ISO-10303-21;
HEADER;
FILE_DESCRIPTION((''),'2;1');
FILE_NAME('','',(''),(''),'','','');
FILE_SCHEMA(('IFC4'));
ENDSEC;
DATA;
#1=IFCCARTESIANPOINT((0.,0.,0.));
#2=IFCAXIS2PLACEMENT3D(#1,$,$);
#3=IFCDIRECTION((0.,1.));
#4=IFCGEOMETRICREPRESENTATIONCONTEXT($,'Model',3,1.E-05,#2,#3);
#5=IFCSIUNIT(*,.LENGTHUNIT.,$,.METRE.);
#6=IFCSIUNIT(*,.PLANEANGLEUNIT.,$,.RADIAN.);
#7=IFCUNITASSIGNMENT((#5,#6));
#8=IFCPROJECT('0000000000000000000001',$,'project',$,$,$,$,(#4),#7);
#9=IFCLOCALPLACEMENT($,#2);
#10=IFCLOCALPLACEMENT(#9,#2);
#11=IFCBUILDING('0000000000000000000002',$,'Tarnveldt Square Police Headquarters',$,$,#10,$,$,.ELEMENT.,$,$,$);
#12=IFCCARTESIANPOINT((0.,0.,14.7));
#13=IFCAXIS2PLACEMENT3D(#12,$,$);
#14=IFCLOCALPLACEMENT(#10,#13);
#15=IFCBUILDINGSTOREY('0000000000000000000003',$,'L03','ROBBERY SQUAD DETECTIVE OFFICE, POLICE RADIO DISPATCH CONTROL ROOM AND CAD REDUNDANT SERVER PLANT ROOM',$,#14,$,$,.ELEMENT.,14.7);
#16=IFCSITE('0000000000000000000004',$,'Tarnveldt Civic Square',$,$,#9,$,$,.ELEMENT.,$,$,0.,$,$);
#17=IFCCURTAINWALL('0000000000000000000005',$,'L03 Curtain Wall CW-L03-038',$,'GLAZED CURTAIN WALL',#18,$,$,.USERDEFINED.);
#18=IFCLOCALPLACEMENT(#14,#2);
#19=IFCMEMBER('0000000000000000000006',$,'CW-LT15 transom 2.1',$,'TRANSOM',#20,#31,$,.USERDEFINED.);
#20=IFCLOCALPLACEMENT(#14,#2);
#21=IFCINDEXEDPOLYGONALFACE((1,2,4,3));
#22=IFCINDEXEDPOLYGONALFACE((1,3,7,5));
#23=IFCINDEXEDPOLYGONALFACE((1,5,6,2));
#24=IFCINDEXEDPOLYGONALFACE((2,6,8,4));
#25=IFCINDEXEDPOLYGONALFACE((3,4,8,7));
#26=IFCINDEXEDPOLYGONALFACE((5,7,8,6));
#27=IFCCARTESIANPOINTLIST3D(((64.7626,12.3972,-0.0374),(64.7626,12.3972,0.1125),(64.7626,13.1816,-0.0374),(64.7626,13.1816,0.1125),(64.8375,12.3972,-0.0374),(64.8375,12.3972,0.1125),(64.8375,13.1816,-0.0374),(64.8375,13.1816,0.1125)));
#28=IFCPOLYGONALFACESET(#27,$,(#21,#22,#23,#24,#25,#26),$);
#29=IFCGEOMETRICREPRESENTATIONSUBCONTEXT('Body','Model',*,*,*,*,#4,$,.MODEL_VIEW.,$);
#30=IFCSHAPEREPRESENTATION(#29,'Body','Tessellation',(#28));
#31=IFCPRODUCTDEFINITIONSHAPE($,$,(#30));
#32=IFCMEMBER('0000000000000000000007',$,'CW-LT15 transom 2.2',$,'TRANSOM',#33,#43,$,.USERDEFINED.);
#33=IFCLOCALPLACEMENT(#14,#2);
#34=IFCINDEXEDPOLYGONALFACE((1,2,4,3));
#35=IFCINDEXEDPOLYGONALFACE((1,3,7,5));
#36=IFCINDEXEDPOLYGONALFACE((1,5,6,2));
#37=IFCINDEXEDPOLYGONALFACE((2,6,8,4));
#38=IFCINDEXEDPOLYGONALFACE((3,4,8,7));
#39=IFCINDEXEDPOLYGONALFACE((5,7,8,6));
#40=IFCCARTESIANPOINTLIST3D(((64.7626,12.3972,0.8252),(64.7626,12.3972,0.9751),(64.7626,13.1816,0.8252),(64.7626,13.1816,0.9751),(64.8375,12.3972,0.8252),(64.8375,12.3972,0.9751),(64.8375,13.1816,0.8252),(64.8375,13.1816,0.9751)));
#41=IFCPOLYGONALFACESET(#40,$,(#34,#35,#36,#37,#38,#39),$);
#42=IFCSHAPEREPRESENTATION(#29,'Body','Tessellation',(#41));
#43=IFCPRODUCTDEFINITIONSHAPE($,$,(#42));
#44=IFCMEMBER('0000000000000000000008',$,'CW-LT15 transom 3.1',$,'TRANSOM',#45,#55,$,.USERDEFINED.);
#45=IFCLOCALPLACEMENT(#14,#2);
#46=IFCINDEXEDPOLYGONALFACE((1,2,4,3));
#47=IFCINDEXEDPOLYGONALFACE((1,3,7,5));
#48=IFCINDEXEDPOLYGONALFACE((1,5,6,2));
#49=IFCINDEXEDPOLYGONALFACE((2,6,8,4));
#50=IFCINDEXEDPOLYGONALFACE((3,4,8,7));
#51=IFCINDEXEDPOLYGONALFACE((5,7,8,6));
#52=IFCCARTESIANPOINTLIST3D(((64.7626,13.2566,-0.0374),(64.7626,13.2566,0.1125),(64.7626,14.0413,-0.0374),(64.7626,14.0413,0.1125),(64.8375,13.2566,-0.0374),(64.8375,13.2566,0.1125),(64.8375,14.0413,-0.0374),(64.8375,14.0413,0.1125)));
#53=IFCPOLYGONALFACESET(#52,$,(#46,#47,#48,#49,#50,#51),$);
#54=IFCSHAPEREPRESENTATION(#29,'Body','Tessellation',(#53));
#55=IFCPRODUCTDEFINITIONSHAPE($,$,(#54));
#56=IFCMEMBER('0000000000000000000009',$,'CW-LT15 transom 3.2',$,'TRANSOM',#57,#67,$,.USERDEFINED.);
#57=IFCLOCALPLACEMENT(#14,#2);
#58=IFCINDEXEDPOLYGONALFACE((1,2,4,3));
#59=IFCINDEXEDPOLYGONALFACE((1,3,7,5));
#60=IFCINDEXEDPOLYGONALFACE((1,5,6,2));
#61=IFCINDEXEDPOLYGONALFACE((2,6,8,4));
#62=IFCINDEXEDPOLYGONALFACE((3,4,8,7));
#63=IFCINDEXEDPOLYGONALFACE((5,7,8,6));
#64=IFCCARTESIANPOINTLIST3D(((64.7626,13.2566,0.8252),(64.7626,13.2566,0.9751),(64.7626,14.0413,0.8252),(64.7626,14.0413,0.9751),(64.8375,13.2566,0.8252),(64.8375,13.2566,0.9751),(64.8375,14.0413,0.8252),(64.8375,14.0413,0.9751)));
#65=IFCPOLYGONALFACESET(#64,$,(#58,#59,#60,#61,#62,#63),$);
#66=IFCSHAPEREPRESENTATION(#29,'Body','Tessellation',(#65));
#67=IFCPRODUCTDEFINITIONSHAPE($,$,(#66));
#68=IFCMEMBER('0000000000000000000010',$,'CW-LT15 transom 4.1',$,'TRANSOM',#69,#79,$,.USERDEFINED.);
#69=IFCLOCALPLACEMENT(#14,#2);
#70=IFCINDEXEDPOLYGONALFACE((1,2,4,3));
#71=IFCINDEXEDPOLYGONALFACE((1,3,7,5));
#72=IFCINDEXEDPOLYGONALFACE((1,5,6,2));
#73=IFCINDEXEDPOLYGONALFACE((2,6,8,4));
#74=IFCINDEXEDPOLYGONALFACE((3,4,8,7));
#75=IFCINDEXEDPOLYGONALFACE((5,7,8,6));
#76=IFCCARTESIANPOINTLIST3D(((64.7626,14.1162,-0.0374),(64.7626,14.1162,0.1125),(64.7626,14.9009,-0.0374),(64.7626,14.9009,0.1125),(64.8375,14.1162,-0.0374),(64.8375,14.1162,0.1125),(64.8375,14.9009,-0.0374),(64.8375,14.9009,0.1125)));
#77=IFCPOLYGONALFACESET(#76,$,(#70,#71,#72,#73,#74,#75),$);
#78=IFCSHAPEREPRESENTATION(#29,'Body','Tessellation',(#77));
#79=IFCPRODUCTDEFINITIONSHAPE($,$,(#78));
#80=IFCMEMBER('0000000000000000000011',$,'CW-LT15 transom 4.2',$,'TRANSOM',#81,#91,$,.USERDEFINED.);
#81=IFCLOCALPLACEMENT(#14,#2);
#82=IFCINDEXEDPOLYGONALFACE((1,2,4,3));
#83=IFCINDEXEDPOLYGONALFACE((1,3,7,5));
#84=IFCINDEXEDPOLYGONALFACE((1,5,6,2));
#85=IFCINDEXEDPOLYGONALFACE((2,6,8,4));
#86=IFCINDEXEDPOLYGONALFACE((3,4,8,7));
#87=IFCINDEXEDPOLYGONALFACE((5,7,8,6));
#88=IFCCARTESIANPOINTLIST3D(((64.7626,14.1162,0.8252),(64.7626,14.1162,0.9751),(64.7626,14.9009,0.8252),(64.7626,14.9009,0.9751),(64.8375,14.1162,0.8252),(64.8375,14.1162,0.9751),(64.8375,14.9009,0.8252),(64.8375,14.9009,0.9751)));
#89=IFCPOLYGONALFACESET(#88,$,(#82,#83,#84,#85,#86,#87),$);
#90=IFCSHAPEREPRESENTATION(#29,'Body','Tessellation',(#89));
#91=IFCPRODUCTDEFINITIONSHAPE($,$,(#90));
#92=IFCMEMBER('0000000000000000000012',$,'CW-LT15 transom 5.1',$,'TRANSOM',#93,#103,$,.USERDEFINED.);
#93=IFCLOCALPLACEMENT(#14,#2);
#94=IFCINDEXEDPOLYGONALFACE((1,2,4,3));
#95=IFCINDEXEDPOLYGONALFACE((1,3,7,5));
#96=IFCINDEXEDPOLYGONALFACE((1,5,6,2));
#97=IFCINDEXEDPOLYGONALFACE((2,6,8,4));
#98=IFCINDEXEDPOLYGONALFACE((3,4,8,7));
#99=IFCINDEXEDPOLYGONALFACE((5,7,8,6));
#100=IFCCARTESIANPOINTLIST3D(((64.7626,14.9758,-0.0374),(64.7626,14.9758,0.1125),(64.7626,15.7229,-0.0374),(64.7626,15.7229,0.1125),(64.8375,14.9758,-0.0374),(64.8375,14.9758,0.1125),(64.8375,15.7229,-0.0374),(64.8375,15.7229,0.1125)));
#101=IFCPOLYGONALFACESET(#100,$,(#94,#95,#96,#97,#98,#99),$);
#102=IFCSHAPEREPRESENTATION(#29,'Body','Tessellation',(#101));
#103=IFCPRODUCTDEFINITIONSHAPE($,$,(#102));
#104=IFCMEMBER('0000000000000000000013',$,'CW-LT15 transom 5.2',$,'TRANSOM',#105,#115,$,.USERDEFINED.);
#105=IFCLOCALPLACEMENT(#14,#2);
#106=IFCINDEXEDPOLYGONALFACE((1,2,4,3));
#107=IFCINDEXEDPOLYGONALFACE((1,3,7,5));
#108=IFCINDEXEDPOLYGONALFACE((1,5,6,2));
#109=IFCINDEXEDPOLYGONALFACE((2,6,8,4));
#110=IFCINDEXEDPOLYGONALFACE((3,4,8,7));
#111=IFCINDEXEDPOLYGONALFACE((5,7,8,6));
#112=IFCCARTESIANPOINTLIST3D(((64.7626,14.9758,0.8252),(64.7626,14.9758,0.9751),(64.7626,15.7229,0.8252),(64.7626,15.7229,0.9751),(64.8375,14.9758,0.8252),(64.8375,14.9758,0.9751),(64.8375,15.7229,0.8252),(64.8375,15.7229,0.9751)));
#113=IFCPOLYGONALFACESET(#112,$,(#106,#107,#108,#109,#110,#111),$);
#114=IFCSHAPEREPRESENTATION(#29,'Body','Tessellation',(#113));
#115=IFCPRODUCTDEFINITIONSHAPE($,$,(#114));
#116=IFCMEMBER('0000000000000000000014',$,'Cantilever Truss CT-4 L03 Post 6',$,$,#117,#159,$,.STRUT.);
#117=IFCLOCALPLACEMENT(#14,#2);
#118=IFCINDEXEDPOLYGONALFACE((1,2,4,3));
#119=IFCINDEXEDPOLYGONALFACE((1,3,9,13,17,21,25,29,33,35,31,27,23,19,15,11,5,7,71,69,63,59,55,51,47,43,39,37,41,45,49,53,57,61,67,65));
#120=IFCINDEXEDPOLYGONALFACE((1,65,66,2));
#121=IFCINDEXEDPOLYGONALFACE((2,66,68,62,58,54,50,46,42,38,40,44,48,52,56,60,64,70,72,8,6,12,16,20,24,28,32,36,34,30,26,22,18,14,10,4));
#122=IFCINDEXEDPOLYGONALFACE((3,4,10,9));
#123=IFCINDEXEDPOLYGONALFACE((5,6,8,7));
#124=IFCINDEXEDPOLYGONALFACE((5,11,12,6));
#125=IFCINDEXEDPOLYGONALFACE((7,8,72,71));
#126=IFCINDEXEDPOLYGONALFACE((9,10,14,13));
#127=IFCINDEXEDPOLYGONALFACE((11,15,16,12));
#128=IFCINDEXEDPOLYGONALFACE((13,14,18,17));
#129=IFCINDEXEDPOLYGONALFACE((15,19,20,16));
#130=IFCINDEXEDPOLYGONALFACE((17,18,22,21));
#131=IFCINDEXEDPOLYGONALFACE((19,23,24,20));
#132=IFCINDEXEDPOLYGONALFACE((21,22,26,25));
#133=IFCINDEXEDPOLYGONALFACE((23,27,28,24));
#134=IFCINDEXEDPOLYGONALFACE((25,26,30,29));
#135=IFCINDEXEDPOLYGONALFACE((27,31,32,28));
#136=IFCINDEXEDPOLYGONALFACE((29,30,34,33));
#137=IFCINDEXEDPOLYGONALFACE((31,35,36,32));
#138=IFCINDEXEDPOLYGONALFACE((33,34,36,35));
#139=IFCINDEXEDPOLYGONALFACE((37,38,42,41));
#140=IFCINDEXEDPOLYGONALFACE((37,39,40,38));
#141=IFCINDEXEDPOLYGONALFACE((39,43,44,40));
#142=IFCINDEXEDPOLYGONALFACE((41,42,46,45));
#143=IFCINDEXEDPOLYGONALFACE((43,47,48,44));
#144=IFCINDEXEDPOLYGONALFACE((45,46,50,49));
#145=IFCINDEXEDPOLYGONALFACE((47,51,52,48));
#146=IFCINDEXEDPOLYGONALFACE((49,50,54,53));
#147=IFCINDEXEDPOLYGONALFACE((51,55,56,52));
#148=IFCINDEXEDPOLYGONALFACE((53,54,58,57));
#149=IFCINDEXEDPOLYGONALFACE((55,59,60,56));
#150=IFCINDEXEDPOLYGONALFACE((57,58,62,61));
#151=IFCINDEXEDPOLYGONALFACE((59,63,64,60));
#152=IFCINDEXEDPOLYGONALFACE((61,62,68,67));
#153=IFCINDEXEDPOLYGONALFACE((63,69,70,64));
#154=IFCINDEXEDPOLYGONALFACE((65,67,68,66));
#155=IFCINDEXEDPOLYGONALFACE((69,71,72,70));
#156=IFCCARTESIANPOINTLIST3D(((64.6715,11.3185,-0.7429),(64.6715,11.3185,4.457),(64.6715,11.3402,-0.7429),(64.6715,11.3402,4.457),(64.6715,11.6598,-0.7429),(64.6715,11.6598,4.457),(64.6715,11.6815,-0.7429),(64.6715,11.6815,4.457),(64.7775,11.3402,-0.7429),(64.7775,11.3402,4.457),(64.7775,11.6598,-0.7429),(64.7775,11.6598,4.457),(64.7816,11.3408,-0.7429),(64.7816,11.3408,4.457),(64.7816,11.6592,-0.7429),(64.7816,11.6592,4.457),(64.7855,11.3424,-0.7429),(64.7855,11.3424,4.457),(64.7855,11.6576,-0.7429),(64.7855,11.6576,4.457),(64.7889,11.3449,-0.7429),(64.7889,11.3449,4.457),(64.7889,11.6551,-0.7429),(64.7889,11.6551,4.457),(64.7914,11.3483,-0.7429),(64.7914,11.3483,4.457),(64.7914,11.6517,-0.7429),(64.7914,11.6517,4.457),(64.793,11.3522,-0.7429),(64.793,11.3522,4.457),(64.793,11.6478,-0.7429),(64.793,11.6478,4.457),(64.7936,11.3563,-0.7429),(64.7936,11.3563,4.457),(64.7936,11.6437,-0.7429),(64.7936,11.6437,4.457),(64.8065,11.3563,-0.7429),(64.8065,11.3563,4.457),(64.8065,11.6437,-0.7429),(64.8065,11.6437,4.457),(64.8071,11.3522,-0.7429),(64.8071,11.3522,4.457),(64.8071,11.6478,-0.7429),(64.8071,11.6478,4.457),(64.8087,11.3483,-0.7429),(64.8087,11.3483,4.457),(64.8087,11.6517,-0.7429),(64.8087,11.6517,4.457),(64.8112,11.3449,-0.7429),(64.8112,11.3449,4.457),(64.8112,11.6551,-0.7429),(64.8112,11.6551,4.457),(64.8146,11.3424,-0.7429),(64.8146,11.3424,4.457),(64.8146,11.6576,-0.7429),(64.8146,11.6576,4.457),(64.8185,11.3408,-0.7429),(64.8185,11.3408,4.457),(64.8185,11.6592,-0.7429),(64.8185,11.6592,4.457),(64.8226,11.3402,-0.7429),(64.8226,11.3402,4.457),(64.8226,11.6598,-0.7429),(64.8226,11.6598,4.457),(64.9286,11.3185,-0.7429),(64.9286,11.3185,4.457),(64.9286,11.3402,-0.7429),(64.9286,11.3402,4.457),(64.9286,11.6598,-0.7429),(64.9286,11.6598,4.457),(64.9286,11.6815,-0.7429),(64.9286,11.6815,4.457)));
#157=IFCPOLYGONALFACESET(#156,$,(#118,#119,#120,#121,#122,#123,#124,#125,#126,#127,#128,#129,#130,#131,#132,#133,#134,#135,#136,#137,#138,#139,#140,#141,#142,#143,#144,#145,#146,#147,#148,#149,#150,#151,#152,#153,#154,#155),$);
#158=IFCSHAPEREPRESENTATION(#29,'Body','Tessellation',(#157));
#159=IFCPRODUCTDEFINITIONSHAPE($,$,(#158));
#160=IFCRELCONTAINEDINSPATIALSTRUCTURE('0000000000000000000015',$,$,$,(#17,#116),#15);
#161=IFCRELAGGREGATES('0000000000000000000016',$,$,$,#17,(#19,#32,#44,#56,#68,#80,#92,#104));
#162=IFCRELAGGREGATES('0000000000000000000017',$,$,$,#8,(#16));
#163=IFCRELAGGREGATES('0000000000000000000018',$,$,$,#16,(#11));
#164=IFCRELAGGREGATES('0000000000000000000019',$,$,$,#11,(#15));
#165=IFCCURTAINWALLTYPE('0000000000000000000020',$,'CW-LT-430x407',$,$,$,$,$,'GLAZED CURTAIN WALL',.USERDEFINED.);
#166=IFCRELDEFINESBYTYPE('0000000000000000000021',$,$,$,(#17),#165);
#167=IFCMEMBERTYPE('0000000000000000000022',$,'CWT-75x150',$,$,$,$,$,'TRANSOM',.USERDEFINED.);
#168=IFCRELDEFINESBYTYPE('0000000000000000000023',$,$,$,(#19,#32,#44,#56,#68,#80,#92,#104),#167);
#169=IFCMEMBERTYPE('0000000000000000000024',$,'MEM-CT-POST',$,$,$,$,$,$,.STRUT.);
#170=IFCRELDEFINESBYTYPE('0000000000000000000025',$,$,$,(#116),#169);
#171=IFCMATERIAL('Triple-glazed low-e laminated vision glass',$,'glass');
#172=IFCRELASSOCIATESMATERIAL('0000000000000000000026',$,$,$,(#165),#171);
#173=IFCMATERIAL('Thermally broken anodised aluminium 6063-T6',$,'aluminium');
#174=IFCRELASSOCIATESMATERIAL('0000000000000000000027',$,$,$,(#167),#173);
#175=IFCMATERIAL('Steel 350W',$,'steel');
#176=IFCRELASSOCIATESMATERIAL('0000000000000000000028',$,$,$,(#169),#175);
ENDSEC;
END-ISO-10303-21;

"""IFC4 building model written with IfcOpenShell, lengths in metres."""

from ifc_helpers import new_model, si_unit, direction, frame, origin, origin_2d, place, context, subcontext, project, spatial, rectangle, i_section, extrude, material, material_profile, profile_set, type_object, element, aggregate, save


model = new_model("IFC4")

# Units and contexts
model_context = context("Model", 3, precision=1e-05, world=origin(), true_north=direction((0.0, 1.0)))
body_context = subcontext(model_context, "Body", "Model", "MODEL_VIEW")
ifc_project = project(units=[si_unit("LENGTHUNIT", "METRE"), si_unit("PLANEANGLEUNIT", "RADIAN")], contexts=[model_context])

# Site, building, storey
site_placement = place(None, origin())
site = spatial("IfcSite", under=ifc_project, at=site_placement, Name="Tarnveldt Civic Square", CompositionType="ELEMENT", RefElevation=0.0)
building_placement = place(site_placement, origin())
building = spatial("IfcBuilding", under=site, at=building_placement, Name="Tarnveldt Square Police Headquarters", CompositionType="ELEMENT")
storey_placement = place(building_placement, frame((0.0, 0.0, 14.7)))
storey = spatial("IfcBuildingStorey", under=building, at=storey_placement, Name="L03", Description="ROBBERY SQUAD DETECTIVE OFFICE, POLICE RADIO DISPATCH CONTROL ROOM AND CAD REDUNDANT SERVER PLANT ROOM", CompositionType="ELEMENT", Elevation=14.7)

# Shared definitions
ifc_material_1 = material(Name="Steel 350W", Category="steel")

# Curtain wall
ifc_material_2 = material(Name="Triple-glazed low-e laminated vision glass", Category="glass")
ifc_material_3 = material(Name="Thermally broken anodised aluminium 6063-T6", Category="aluminium")
curtain_wall_type_1 = type_object("IfcCurtainWallType", Name="CW-LT-430x407", ElementType="GLAZED CURTAIN WALL", PredefinedType="USERDEFINED", material=ifc_material_2)
curtain_wall_1_placement = place(storey_placement, origin())
curtain_wall_1 = element("IfcCurtainWall", 1, at=curtain_wall_1_placement, inside=storey, type_object=curtain_wall_type_1, Name="L03 Curtain Wall CW-L03-038", ObjectType="GLAZED CURTAIN WALL", PredefinedType="USERDEFINED")

# Members
ifc_material_profile_1 = material_profile(ifc_material_3, rectangle(XDim=0.075, YDim=0.1499, at=origin_2d()), Name="CW-T75x150")
ifc_profile_set_1 = profile_set([ifc_material_profile_1], Name="Thermally broken anodised aluminium 6063-T6")
member_type_1 = type_object("IfcMemberType", Name="CWT-75x150", ElementType="TRANSOM", PredefinedType="USERDEFINED", material=ifc_profile_set_1)
member_1_placement = place(storey_placement, frame((64.8, 12.3972, 0.0376), z_axis=(0.0, 1.0, 0.0), x_axis=(-1.0, 0.0, 0.0)))
member_1 = element("IfcMember", 2, at=member_1_placement, type_object=member_type_1, Name="CW-LT15 transom 2.1", ObjectType="TRANSOM", PredefinedType="USERDEFINED", context=body_context, shape_type="SweptSolid", body=[
    extrude(rectangle(XDim=0.075, YDim=0.1499, at=origin_2d()), origin(), (0.0, 0.0, 1.0), 0.7844),
])
member_2_placement = place(storey_placement, frame((64.8, 12.3972, 0.9001), z_axis=(0.0, 1.0, 0.0), x_axis=(-1.0, 0.0, 0.0)))
member_2 = element("IfcMember", 3, at=member_2_placement, type_object=member_type_1, Name="CW-LT15 transom 2.2", ObjectType="TRANSOM", PredefinedType="USERDEFINED", context=body_context, shape_type="SweptSolid", body=[
    extrude(rectangle(XDim=0.075, YDim=0.1499, at=origin_2d()), origin(), (0.0, 0.0, 1.0), 0.7844),
])
member_3_placement = place(storey_placement, frame((64.8, 13.2566, 0.0376), z_axis=(0.0, 1.0, 0.0), x_axis=(-1.0, 0.0, 0.0)))
member_3 = element("IfcMember", 4, at=member_3_placement, type_object=member_type_1, Name="CW-LT15 transom 3.1", ObjectType="TRANSOM", PredefinedType="USERDEFINED", context=body_context, shape_type="SweptSolid", body=[
    extrude(rectangle(XDim=0.075, YDim=0.1499, at=origin_2d()), origin(), (0.0, 0.0, 1.0), 0.7847),
])
member_4_placement = place(storey_placement, frame((64.8, 13.2566, 0.9001), z_axis=(0.0, 1.0, 0.0), x_axis=(-1.0, 0.0, 0.0)))
member_4 = element("IfcMember", 5, at=member_4_placement, type_object=member_type_1, Name="CW-LT15 transom 3.2", ObjectType="TRANSOM", PredefinedType="USERDEFINED", context=body_context, shape_type="SweptSolid", body=[
    extrude(rectangle(XDim=0.075, YDim=0.1499, at=origin_2d()), origin(), (0.0, 0.0, 1.0), 0.7847),
])
member_5_placement = place(storey_placement, frame((64.8, 14.1162, 0.0376), z_axis=(0.0, 1.0, 0.0), x_axis=(-1.0, 0.0, 0.0)))
member_5 = element("IfcMember", 6, at=member_5_placement, type_object=member_type_1, Name="CW-LT15 transom 4.1", ObjectType="TRANSOM", PredefinedType="USERDEFINED", context=body_context, shape_type="SweptSolid", body=[
    extrude(rectangle(XDim=0.075, YDim=0.1499, at=origin_2d()), origin(), (0.0, 0.0, 1.0), 0.7847),
])
member_6_placement = place(storey_placement, frame((64.8, 14.1162, 0.9001), z_axis=(0.0, 1.0, 0.0), x_axis=(-1.0, 0.0, 0.0)))
member_6 = element("IfcMember", 7, at=member_6_placement, type_object=member_type_1, Name="CW-LT15 transom 4.2", ObjectType="TRANSOM", PredefinedType="USERDEFINED", context=body_context, shape_type="SweptSolid", body=[
    extrude(rectangle(XDim=0.075, YDim=0.1499, at=origin_2d()), origin(), (0.0, 0.0, 1.0), 0.7847),
])
member_7_placement = place(storey_placement, frame((64.8, 14.9758, 0.0376), z_axis=(0.0, 1.0, 0.0), x_axis=(-1.0, 0.0, 0.0)))
member_7 = element("IfcMember", 8, at=member_7_placement, type_object=member_type_1, Name="CW-LT15 transom 5.1", ObjectType="TRANSOM", PredefinedType="USERDEFINED", context=body_context, shape_type="SweptSolid", body=[
    extrude(rectangle(XDim=0.075, YDim=0.1499, at=origin_2d()), origin(), (0.0, 0.0, 1.0), 0.7471),
])
member_8_placement = place(storey_placement, frame((64.8, 14.9758, 0.9001), z_axis=(0.0, 1.0, 0.0), x_axis=(-1.0, 0.0, 0.0)))
member_8 = element("IfcMember", 9, at=member_8_placement, type_object=member_type_1, Name="CW-LT15 transom 5.2", ObjectType="TRANSOM", PredefinedType="USERDEFINED", context=body_context, shape_type="SweptSolid", body=[
    extrude(rectangle(XDim=0.075, YDim=0.1499, at=origin_2d()), origin(), (0.0, 0.0, 1.0), 0.7471),
])

# Member
ifc_material_profile_2 = material_profile(ifc_material_1, i_section(OverallWidth=0.2571, OverallDepth=0.363, WebThickness=0.0129, FlangeThickness=0.0217, FilletRadius=0.0161, at=origin_2d()), Name="W360x122")
ifc_profile_set_2 = profile_set([ifc_material_profile_2], Name="Steel 350W")
member_type_2 = type_object("IfcMemberType", Name="MEM-CT-POST", PredefinedType="STRUT", material=ifc_profile_set_2)
member_9_placement = place(storey_placement, frame((64.8, 11.5, -0.7429), z_axis=(0.0, 0.0, 1.0), x_axis=(1.0, 0.0, 0.0)))
element("IfcMember", 10, at=member_9_placement, inside=storey, type_object=member_type_2, Name="Cantilever Truss CT-4 L03 Post 6", PredefinedType="STRUT", context=body_context, shape_type="SweptSolid", body=[
    extrude(i_section(OverallWidth=0.2571, OverallDepth=0.363, WebThickness=0.0129, FlangeThickness=0.0217, FilletRadius=0.0161, at=origin_2d()), origin(), (0.0, 0.0, 1.0), 5.2),
])

aggregate(curtain_wall_1, [member_1, member_2, member_3, member_4, member_5, member_6, member_7, member_8])

save(model, "model.ifc")
